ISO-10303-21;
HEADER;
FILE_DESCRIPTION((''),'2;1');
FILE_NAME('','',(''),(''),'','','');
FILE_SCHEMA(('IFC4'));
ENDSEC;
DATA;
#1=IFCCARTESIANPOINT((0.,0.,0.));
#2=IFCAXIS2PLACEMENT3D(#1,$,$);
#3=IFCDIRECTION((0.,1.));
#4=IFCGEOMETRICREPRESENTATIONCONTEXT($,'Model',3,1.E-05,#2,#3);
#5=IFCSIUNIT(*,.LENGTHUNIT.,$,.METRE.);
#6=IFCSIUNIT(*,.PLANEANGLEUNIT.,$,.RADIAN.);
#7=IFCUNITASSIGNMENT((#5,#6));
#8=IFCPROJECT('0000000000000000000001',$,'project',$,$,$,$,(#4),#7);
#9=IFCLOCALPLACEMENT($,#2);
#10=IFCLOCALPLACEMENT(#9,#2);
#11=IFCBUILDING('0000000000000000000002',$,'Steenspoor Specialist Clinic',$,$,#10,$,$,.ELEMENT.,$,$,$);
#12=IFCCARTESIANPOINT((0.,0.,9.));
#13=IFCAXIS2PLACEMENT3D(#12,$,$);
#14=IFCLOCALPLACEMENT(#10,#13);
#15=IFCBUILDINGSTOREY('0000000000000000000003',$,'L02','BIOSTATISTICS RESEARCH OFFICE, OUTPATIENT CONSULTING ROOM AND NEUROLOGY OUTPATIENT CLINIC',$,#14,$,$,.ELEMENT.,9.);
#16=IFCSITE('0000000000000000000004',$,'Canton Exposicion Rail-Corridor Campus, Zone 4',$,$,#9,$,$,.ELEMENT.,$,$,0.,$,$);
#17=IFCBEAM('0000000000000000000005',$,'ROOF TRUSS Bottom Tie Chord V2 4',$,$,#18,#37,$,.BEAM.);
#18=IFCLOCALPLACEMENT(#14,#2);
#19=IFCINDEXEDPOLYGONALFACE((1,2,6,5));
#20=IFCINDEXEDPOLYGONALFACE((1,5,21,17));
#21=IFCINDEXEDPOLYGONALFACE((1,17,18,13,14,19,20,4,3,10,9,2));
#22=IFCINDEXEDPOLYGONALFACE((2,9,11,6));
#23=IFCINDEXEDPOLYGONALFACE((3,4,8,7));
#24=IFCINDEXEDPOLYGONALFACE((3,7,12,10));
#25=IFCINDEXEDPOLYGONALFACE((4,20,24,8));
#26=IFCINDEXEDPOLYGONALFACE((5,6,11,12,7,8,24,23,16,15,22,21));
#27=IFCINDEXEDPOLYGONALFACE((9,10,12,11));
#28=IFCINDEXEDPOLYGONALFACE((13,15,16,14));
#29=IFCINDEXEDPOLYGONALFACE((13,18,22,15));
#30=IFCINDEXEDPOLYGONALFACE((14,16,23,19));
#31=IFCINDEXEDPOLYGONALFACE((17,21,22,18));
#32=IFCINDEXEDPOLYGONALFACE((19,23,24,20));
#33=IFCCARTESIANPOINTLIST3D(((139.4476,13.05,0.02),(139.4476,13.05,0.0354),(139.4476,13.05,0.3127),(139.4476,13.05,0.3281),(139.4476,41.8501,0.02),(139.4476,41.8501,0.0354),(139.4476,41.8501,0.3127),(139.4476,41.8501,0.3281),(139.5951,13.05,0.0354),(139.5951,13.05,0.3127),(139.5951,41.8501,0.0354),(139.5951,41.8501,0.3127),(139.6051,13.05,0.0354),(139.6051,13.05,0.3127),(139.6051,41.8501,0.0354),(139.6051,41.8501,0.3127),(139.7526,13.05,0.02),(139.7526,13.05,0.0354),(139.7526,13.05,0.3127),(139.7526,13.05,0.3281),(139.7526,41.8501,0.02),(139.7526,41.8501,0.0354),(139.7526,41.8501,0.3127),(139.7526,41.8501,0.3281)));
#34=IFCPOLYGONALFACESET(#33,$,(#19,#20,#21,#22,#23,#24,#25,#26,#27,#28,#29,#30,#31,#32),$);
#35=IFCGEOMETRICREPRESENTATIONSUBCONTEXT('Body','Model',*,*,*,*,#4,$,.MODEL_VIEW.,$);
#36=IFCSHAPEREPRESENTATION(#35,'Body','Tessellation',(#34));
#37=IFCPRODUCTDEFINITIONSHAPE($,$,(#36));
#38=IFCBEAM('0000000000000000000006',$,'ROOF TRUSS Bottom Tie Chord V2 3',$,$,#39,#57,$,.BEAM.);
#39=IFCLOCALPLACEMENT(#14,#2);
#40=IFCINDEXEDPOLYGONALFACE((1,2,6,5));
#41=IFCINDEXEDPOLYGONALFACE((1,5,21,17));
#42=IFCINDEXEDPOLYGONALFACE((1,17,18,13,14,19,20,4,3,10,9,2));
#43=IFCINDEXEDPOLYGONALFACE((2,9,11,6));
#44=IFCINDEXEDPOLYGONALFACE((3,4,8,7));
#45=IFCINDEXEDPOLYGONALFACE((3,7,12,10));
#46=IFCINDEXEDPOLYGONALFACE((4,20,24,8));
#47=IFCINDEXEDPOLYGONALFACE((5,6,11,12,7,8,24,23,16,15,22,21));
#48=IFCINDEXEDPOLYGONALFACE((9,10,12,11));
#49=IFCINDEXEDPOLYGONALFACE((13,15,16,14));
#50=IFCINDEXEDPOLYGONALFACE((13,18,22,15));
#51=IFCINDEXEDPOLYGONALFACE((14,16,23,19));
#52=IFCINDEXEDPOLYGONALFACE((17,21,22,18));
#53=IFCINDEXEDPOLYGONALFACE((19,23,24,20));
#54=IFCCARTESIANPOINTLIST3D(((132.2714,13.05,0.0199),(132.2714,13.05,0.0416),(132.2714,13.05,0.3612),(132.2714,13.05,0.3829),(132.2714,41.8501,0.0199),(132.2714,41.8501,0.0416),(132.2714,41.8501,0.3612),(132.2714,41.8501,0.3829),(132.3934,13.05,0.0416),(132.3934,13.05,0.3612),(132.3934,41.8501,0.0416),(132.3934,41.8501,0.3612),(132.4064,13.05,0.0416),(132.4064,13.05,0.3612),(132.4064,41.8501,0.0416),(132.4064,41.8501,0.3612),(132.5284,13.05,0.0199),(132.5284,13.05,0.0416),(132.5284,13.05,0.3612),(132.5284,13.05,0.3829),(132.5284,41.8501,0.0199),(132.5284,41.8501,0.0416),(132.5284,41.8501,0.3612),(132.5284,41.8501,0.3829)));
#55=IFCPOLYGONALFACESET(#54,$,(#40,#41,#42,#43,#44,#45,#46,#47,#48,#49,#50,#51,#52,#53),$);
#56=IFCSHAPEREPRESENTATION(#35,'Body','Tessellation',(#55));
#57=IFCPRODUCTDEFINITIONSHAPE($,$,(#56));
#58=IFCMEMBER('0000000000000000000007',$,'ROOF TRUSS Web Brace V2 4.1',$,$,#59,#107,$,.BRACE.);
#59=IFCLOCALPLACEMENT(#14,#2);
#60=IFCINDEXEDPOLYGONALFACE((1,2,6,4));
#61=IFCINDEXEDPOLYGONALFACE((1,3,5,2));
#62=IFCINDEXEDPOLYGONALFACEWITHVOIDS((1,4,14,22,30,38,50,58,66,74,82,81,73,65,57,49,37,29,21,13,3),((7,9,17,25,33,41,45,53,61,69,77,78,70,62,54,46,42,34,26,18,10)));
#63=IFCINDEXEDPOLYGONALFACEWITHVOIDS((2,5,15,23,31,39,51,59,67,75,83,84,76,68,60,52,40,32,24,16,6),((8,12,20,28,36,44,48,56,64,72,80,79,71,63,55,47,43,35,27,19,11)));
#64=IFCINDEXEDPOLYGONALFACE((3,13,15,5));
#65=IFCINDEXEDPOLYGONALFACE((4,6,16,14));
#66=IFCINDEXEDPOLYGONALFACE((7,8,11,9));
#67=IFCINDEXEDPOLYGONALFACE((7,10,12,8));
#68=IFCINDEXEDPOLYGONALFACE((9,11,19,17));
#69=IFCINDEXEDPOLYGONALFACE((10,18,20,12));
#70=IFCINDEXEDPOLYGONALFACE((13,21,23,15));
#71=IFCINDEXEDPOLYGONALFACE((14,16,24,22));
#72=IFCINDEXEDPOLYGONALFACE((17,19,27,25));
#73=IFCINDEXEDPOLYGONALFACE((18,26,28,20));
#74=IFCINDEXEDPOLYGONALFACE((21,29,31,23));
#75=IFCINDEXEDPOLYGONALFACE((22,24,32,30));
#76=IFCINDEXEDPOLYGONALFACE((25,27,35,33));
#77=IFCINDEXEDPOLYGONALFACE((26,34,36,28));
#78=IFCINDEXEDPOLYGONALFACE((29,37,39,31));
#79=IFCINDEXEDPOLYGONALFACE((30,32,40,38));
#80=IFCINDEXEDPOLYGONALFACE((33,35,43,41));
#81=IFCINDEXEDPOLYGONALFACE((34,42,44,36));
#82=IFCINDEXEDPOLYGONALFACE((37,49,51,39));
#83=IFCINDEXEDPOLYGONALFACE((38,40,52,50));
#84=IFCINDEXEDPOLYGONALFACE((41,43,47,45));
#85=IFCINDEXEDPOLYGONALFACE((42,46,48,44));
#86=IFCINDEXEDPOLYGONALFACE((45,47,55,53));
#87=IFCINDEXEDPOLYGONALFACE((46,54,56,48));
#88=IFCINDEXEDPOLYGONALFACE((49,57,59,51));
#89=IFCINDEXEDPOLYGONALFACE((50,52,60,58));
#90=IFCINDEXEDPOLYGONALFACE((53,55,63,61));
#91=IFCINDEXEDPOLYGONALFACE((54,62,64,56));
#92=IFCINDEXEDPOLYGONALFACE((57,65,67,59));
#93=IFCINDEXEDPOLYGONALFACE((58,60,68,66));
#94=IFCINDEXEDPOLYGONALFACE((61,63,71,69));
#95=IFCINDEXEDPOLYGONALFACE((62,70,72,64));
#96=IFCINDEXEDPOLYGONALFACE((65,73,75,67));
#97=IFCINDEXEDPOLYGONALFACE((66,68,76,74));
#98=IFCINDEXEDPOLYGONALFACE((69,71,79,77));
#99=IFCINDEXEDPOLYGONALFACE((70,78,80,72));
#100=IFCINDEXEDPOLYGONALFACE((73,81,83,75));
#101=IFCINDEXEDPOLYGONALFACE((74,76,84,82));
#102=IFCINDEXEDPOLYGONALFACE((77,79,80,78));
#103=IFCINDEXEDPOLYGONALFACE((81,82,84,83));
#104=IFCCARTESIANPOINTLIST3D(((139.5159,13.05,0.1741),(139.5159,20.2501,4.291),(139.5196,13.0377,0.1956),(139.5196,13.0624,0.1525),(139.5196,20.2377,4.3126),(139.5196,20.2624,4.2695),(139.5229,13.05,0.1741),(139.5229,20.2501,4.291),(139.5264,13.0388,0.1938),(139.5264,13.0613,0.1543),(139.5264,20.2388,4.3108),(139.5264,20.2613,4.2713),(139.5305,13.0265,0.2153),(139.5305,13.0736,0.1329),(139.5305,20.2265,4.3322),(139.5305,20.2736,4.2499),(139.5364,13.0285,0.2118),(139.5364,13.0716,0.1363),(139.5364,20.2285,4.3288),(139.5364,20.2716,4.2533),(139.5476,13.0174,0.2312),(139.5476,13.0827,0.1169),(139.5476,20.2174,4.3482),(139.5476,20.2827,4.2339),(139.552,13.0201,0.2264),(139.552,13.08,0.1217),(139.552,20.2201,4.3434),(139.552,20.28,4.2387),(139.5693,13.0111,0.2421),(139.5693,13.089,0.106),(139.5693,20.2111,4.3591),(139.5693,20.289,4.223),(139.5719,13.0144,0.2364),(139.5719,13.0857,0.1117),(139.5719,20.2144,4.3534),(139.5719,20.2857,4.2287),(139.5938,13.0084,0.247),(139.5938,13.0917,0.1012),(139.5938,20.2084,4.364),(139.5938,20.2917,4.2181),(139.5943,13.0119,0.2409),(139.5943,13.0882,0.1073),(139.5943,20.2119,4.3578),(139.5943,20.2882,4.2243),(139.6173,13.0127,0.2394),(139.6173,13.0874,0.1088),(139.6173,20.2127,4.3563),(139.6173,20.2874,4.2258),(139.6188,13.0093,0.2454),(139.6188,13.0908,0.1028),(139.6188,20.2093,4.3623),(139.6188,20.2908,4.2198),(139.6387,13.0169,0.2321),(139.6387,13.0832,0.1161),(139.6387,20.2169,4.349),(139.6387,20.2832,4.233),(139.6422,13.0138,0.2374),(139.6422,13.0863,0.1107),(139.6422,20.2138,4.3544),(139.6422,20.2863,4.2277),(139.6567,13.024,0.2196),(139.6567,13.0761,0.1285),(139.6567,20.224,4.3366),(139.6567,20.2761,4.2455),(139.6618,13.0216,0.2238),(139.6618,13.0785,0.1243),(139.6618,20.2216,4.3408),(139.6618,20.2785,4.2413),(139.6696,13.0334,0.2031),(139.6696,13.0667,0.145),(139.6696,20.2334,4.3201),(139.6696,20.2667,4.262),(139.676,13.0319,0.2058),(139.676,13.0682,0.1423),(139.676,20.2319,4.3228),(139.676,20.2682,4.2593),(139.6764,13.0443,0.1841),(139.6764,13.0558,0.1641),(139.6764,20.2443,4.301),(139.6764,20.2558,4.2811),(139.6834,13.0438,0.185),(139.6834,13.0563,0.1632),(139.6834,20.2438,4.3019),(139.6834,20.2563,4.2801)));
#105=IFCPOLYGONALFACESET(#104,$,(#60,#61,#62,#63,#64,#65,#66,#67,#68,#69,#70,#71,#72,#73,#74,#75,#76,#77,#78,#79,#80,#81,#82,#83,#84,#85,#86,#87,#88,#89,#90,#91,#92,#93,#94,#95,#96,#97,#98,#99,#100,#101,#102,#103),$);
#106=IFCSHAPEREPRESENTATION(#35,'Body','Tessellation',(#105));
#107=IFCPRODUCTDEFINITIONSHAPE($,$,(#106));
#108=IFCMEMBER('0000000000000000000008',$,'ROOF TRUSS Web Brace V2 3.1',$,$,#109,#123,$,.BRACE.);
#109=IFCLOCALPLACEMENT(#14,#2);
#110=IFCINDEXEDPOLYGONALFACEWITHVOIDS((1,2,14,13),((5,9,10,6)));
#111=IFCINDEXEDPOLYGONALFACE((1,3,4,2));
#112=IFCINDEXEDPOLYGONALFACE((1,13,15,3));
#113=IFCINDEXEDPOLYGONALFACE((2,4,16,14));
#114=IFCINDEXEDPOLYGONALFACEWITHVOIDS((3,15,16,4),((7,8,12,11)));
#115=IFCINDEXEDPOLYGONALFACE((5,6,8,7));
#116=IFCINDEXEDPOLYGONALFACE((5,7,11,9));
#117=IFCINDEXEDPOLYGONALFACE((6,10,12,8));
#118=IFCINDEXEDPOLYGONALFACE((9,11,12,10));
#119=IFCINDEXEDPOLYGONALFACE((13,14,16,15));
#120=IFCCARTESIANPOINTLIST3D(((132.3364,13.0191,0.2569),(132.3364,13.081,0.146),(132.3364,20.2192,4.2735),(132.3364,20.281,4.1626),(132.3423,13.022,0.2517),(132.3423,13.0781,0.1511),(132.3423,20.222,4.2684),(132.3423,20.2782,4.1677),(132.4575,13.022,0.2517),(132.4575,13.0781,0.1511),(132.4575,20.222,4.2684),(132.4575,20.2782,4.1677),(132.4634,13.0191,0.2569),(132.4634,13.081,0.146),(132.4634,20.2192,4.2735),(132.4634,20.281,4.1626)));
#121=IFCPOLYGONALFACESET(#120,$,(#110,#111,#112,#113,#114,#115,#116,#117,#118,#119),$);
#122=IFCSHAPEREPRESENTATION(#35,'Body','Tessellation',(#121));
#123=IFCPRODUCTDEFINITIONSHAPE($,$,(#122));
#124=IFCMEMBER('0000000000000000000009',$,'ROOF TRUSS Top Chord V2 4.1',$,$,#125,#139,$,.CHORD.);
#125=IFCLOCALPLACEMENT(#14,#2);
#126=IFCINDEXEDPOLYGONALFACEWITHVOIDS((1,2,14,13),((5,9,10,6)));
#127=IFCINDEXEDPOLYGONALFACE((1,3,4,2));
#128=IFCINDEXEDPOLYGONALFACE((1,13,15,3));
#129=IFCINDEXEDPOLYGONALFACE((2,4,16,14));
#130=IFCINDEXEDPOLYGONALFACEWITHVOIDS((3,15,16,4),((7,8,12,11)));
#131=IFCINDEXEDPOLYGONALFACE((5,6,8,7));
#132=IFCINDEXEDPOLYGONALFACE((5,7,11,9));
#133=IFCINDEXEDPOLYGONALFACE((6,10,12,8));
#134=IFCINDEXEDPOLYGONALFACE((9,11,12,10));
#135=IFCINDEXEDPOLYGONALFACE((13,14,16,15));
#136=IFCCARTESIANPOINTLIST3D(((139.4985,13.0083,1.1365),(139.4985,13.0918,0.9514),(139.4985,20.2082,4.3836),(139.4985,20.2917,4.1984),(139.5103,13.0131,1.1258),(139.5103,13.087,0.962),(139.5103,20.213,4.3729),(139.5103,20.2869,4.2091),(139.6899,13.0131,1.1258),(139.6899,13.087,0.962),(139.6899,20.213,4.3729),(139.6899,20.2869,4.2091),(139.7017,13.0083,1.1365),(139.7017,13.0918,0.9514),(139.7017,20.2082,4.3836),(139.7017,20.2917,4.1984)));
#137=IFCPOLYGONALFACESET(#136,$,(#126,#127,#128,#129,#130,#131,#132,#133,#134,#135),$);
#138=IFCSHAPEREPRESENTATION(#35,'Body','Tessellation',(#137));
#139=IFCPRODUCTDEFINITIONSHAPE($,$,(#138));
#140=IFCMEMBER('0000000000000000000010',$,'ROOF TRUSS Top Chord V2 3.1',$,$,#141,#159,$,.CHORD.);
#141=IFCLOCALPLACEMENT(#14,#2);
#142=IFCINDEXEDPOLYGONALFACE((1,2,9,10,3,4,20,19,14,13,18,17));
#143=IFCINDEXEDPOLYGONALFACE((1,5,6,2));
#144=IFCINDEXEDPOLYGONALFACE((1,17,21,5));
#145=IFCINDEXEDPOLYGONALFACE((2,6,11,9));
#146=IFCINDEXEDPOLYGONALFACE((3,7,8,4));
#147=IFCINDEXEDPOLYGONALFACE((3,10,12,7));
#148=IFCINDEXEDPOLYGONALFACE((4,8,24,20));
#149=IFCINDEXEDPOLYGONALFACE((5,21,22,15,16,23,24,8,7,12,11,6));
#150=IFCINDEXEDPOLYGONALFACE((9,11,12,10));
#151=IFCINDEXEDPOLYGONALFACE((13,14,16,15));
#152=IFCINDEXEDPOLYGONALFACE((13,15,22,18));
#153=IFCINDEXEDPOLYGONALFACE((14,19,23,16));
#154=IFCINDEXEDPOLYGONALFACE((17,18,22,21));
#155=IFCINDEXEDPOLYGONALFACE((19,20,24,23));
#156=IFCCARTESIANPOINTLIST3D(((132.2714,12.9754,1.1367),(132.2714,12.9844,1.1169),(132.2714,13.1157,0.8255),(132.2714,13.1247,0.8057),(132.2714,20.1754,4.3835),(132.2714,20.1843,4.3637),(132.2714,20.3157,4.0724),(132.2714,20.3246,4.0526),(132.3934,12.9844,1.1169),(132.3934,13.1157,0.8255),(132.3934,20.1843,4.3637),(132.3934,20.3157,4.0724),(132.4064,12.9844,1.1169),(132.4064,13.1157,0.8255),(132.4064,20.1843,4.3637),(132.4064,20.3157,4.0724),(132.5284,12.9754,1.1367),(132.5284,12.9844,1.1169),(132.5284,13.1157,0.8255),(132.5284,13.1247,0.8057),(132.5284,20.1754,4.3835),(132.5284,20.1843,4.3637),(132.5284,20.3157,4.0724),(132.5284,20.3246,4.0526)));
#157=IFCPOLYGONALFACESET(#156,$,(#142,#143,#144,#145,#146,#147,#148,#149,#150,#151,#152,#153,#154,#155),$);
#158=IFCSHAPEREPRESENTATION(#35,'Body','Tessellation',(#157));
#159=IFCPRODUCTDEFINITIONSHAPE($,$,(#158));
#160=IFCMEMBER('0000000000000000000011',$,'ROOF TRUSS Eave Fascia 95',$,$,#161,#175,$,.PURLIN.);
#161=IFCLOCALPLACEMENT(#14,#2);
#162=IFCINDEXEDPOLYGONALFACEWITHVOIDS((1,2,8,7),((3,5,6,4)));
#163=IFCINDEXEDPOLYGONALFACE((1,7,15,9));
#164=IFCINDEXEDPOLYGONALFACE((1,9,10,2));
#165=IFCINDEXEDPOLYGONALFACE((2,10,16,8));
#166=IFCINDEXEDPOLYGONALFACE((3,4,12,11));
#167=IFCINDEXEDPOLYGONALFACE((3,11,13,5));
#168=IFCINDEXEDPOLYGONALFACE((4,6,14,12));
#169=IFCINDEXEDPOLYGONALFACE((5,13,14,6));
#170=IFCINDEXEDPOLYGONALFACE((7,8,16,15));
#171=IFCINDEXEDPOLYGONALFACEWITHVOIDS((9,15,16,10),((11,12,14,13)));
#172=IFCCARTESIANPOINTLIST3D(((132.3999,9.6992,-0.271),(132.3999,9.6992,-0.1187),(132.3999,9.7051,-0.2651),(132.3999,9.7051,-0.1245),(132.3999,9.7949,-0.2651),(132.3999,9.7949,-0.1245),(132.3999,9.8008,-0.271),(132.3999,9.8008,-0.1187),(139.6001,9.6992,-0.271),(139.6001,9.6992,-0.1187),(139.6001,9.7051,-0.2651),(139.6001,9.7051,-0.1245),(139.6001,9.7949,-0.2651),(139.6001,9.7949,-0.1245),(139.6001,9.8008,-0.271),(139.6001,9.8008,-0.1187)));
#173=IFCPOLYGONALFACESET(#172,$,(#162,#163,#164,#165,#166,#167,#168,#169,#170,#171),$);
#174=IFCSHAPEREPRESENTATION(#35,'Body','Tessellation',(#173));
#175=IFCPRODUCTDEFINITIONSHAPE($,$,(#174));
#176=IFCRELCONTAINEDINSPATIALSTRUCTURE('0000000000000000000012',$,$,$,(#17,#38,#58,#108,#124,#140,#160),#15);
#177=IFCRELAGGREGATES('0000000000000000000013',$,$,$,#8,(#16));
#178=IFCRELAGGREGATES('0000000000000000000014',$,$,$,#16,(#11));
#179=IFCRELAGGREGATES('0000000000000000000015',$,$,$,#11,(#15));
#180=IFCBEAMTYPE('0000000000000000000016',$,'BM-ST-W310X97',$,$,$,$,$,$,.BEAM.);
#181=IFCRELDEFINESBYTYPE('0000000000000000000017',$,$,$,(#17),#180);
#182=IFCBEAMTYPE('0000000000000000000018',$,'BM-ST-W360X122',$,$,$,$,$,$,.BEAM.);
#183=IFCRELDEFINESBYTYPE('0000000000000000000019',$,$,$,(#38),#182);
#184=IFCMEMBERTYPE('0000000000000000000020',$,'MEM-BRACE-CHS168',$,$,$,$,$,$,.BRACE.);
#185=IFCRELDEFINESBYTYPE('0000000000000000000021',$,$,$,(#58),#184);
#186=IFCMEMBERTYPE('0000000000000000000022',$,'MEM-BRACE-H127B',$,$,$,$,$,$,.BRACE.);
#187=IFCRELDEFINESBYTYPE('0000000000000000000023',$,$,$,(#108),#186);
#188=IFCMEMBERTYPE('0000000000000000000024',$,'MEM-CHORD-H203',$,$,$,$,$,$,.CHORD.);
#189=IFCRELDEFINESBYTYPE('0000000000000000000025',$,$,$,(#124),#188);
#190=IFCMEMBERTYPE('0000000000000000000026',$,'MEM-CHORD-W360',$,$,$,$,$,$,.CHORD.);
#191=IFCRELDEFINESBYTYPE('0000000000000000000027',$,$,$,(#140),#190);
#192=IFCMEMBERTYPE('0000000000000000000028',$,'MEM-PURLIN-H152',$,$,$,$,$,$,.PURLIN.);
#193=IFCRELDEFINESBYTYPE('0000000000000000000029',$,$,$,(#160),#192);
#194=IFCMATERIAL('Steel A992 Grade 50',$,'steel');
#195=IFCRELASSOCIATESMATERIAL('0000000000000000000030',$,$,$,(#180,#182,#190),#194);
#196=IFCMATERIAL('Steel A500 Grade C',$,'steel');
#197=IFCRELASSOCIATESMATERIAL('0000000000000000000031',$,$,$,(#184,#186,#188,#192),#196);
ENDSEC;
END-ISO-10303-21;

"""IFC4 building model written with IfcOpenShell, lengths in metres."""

from ifc_helpers import new_model, si_unit, direction, frame, origin, origin_2d, place, context, subcontext, project, spatial, hollow_rectangle, hollow_circle, i_section, extrude, material, material_profile, profile_set, type_object, element, save


model = new_model("IFC4")

# Units and contexts
model_context = context("Model", 3, precision=1e-05, world=origin(), true_north=direction((0.0, 1.0)))
body_context = subcontext(model_context, "Body", "Model", "MODEL_VIEW")
ifc_project = project(units=[si_unit("LENGTHUNIT", "METRE"), si_unit("PLANEANGLEUNIT", "RADIAN")], contexts=[model_context])

# Site, building, storey
site_placement = place(None, origin())
site = spatial("IfcSite", under=ifc_project, at=site_placement, Name="Canton Exposicion Rail-Corridor Campus, Zone 4", CompositionType="ELEMENT", RefElevation=0.0)
building_placement = place(site_placement, origin())
building = spatial("IfcBuilding", under=site, at=building_placement, Name="Steenspoor Specialist Clinic", CompositionType="ELEMENT")
storey_placement = place(building_placement, frame((0.0, 0.0, 9.0)))
storey = spatial("IfcBuildingStorey", under=building, at=storey_placement, Name="L02", Description="BIOSTATISTICS RESEARCH OFFICE, OUTPATIENT CONSULTING ROOM AND NEUROLOGY OUTPATIENT CLINIC", CompositionType="ELEMENT", Elevation=9.0)

# Beams
ifc_material_1 = material(Name="Steel A992 Grade 50", Category="steel")
ifc_material_profile_1 = material_profile(ifc_material_1, i_section(OverallWidth=0.3049, OverallDepth=0.3081, WebThickness=0.01, FlangeThickness=0.0154, at=origin_2d()), Name="W310X97")
ifc_profile_set_1 = profile_set([ifc_material_profile_1], Name="Steel A992 Grade 50")
beam_type_1 = type_object("IfcBeamType", Name="BM-ST-W310X97", PredefinedType="BEAM", material=ifc_profile_set_1)
beam_1_placement = place(storey_placement, frame((139.6001, 13.05, 0.1741), z_axis=(0.0, 1.0, 0.0), x_axis=(-1.0, 0.0, 0.0)))
element("IfcBeam", 1, at=beam_1_placement, inside=storey, type_object=beam_type_1, Name="ROOF TRUSS Bottom Tie Chord V2 4", PredefinedType="BEAM", context=body_context, shape_type="SweptSolid", body=[
    extrude(i_section(OverallWidth=0.3049, OverallDepth=0.3081, WebThickness=0.01, FlangeThickness=0.0154, at=origin_2d()), origin(), (0.0, 0.0, 1.0), 28.8),
])
ifc_material_profile_2 = material_profile(ifc_material_1, i_section(OverallWidth=0.2571, OverallDepth=0.363, WebThickness=0.0129, FlangeThickness=0.0217, at=origin_2d()), Name="W360X122")
ifc_profile_set_2 = profile_set([ifc_material_profile_2], Name="Steel A992 Grade 50")
beam_type_2 = type_object("IfcBeamType", Name="BM-ST-W360X122", PredefinedType="BEAM", material=ifc_profile_set_2)
beam_2_placement = place(storey_placement, frame((132.3999, 13.05, 0.2014), z_axis=(0.0, 1.0, 0.0), x_axis=(-1.0, 0.0, 0.0)))
element("IfcBeam", 2, at=beam_2_placement, inside=storey, type_object=beam_type_2, Name="ROOF TRUSS Bottom Tie Chord V2 3", PredefinedType="BEAM", context=body_context, shape_type="SweptSolid", body=[
    extrude(i_section(OverallWidth=0.2571, OverallDepth=0.363, WebThickness=0.0129, FlangeThickness=0.0217, at=origin_2d()), origin(), (0.0, 0.0, 1.0), 28.8),
])

# Members
ifc_material_2 = material(Name="Steel A500 Grade C", Category="steel")
ifc_material_profile_3 = material_profile(ifc_material_2, hollow_circle(Radius=0.0842, WallThickness=0.0071, at=origin_2d()), Name="CHS168X7.1")
ifc_profile_set_3 = profile_set([ifc_material_profile_3], Name="Steel A500 Grade C")
member_type_1 = type_object("IfcMemberType", Name="MEM-BRACE-CHS168", PredefinedType="BRACE", material=ifc_profile_set_3)
member_1_placement = place(storey_placement, frame((139.6001, 13.05, 0.1741), z_axis=(0.0, 0.868104, 0.496383), x_axis=(-1.0, 0.0, 0.0)))
element("IfcMember", 3, at=member_1_placement, inside=storey, type_object=member_type_1, Name="ROOF TRUSS Web Brace V2 4.1", PredefinedType="BRACE", context=body_context, shape_type="SweptSolid", body=[
    extrude(hollow_circle(Radius=0.0842, WallThickness=0.0071, at=origin_2d()), origin(), (0.0, 0.0, 1.0), 8.2939),
])
ifc_material_profile_4 = material_profile(ifc_material_2, hollow_rectangle(XDim=0.127, YDim=0.127, WallThickness=0.0059, at=origin_2d()), Name="HSS127X127X6.4")
ifc_profile_set_4 = profile_set([ifc_material_profile_4], Name="Steel A500 Grade C")
member_type_2 = type_object("IfcMemberType", Name="MEM-BRACE-H127B", PredefinedType="BRACE", material=ifc_profile_set_4)
member_2_placement = place(storey_placement, frame((132.3999, 13.05, 0.2014), z_axis=(0.0, 0.8733, 0.487183), x_axis=(-1.0, 0.0, 0.0)))
element("IfcMember", 4, at=member_2_placement, inside=storey, type_object=member_type_2, Name="ROOF TRUSS Web Brace V2 3.1", PredefinedType="BRACE", context=body_context, shape_type="SweptSolid", body=[
    extrude(hollow_rectangle(XDim=0.127, YDim=0.127, WallThickness=0.0059, at=origin_2d()), origin(), (0.0, 0.0, 1.0), 8.2446),
])
ifc_material_profile_5 = material_profile(ifc_material_2, hollow_rectangle(XDim=0.2031, YDim=0.2031, WallThickness=0.0117, at=origin_2d()), Name="HSS203X203X12.7")
ifc_profile_set_5 = profile_set([ifc_material_profile_5], Name="Steel A500 Grade C")
member_type_3 = type_object("IfcMemberType", Name="MEM-CHORD-H203", PredefinedType="CHORD", material=ifc_profile_set_5)
member_3_placement = place(storey_placement, frame((139.6001, 13.05, 1.0439), z_axis=(0.0, 0.911585, 0.411111), x_axis=(-1.0, 0.0, 0.0)))
element("IfcMember", 5, at=member_3_placement, inside=storey, type_object=member_type_3, Name="ROOF TRUSS Top Chord V2 4.1", PredefinedType="CHORD", context=body_context, shape_type="SweptSolid", body=[
    extrude(hollow_rectangle(XDim=0.2031, YDim=0.2031, WallThickness=0.0117, at=origin_2d()), origin(), (0.0, 0.0, 1.0), 7.8982),
])
ifc_material_profile_6 = material_profile(ifc_material_1, i_section(OverallWidth=0.2571, OverallDepth=0.363, WebThickness=0.0129, FlangeThickness=0.0217, at=origin_2d()), Name="W360X122")
ifc_profile_set_6 = profile_set([ifc_material_profile_6], Name="Steel A992 Grade 50")
member_type_4 = type_object("IfcMemberType", Name="MEM-CHORD-W360", PredefinedType="CHORD", material=ifc_profile_set_6)
member_4_placement = place(storey_placement, frame((132.3999, 13.05, 0.9712), z_axis=(0.0, 0.911597, 0.411086), x_axis=(-1.0, 0.0, 0.0)))
element("IfcMember", 6, at=member_4_placement, inside=storey, type_object=member_type_4, Name="ROOF TRUSS Top Chord V2 3.1", PredefinedType="CHORD", context=body_context, shape_type="SweptSolid", body=[
    extrude(i_section(OverallWidth=0.2571, OverallDepth=0.363, WebThickness=0.0129, FlangeThickness=0.0217, at=origin_2d()), origin(), (0.0, 0.0, 1.0), 7.8982),
])
ifc_material_profile_7 = material_profile(ifc_material_2, hollow_rectangle(XDim=0.1016, YDim=0.1523, WallThickness=0.0059, at=origin_2d()), Name="HSS152X102X6.4")
ifc_profile_set_7 = profile_set([ifc_material_profile_7], Name="Steel A500 Grade C")
member_type_5 = type_object("IfcMemberType", Name="MEM-PURLIN-H152", PredefinedType="PURLIN", material=ifc_profile_set_7)
member_5_placement = place(storey_placement, frame((132.3999, 9.75, -0.1948), z_axis=(1.0, 0.0, 0.0), x_axis=(0.0, 1.0, 0.0)))
element("IfcMember", 7, at=member_5_placement, inside=storey, type_object=member_type_5, Name="ROOF TRUSS Eave Fascia 95", PredefinedType="PURLIN", context=body_context, shape_type="SweptSolid", body=[
    extrude(hollow_rectangle(XDim=0.1016, YDim=0.1523, WallThickness=0.0059, at=origin_2d()), origin(), (0.0, 0.0, 1.0), 7.2002),
])

save(model, "model.ifc")
